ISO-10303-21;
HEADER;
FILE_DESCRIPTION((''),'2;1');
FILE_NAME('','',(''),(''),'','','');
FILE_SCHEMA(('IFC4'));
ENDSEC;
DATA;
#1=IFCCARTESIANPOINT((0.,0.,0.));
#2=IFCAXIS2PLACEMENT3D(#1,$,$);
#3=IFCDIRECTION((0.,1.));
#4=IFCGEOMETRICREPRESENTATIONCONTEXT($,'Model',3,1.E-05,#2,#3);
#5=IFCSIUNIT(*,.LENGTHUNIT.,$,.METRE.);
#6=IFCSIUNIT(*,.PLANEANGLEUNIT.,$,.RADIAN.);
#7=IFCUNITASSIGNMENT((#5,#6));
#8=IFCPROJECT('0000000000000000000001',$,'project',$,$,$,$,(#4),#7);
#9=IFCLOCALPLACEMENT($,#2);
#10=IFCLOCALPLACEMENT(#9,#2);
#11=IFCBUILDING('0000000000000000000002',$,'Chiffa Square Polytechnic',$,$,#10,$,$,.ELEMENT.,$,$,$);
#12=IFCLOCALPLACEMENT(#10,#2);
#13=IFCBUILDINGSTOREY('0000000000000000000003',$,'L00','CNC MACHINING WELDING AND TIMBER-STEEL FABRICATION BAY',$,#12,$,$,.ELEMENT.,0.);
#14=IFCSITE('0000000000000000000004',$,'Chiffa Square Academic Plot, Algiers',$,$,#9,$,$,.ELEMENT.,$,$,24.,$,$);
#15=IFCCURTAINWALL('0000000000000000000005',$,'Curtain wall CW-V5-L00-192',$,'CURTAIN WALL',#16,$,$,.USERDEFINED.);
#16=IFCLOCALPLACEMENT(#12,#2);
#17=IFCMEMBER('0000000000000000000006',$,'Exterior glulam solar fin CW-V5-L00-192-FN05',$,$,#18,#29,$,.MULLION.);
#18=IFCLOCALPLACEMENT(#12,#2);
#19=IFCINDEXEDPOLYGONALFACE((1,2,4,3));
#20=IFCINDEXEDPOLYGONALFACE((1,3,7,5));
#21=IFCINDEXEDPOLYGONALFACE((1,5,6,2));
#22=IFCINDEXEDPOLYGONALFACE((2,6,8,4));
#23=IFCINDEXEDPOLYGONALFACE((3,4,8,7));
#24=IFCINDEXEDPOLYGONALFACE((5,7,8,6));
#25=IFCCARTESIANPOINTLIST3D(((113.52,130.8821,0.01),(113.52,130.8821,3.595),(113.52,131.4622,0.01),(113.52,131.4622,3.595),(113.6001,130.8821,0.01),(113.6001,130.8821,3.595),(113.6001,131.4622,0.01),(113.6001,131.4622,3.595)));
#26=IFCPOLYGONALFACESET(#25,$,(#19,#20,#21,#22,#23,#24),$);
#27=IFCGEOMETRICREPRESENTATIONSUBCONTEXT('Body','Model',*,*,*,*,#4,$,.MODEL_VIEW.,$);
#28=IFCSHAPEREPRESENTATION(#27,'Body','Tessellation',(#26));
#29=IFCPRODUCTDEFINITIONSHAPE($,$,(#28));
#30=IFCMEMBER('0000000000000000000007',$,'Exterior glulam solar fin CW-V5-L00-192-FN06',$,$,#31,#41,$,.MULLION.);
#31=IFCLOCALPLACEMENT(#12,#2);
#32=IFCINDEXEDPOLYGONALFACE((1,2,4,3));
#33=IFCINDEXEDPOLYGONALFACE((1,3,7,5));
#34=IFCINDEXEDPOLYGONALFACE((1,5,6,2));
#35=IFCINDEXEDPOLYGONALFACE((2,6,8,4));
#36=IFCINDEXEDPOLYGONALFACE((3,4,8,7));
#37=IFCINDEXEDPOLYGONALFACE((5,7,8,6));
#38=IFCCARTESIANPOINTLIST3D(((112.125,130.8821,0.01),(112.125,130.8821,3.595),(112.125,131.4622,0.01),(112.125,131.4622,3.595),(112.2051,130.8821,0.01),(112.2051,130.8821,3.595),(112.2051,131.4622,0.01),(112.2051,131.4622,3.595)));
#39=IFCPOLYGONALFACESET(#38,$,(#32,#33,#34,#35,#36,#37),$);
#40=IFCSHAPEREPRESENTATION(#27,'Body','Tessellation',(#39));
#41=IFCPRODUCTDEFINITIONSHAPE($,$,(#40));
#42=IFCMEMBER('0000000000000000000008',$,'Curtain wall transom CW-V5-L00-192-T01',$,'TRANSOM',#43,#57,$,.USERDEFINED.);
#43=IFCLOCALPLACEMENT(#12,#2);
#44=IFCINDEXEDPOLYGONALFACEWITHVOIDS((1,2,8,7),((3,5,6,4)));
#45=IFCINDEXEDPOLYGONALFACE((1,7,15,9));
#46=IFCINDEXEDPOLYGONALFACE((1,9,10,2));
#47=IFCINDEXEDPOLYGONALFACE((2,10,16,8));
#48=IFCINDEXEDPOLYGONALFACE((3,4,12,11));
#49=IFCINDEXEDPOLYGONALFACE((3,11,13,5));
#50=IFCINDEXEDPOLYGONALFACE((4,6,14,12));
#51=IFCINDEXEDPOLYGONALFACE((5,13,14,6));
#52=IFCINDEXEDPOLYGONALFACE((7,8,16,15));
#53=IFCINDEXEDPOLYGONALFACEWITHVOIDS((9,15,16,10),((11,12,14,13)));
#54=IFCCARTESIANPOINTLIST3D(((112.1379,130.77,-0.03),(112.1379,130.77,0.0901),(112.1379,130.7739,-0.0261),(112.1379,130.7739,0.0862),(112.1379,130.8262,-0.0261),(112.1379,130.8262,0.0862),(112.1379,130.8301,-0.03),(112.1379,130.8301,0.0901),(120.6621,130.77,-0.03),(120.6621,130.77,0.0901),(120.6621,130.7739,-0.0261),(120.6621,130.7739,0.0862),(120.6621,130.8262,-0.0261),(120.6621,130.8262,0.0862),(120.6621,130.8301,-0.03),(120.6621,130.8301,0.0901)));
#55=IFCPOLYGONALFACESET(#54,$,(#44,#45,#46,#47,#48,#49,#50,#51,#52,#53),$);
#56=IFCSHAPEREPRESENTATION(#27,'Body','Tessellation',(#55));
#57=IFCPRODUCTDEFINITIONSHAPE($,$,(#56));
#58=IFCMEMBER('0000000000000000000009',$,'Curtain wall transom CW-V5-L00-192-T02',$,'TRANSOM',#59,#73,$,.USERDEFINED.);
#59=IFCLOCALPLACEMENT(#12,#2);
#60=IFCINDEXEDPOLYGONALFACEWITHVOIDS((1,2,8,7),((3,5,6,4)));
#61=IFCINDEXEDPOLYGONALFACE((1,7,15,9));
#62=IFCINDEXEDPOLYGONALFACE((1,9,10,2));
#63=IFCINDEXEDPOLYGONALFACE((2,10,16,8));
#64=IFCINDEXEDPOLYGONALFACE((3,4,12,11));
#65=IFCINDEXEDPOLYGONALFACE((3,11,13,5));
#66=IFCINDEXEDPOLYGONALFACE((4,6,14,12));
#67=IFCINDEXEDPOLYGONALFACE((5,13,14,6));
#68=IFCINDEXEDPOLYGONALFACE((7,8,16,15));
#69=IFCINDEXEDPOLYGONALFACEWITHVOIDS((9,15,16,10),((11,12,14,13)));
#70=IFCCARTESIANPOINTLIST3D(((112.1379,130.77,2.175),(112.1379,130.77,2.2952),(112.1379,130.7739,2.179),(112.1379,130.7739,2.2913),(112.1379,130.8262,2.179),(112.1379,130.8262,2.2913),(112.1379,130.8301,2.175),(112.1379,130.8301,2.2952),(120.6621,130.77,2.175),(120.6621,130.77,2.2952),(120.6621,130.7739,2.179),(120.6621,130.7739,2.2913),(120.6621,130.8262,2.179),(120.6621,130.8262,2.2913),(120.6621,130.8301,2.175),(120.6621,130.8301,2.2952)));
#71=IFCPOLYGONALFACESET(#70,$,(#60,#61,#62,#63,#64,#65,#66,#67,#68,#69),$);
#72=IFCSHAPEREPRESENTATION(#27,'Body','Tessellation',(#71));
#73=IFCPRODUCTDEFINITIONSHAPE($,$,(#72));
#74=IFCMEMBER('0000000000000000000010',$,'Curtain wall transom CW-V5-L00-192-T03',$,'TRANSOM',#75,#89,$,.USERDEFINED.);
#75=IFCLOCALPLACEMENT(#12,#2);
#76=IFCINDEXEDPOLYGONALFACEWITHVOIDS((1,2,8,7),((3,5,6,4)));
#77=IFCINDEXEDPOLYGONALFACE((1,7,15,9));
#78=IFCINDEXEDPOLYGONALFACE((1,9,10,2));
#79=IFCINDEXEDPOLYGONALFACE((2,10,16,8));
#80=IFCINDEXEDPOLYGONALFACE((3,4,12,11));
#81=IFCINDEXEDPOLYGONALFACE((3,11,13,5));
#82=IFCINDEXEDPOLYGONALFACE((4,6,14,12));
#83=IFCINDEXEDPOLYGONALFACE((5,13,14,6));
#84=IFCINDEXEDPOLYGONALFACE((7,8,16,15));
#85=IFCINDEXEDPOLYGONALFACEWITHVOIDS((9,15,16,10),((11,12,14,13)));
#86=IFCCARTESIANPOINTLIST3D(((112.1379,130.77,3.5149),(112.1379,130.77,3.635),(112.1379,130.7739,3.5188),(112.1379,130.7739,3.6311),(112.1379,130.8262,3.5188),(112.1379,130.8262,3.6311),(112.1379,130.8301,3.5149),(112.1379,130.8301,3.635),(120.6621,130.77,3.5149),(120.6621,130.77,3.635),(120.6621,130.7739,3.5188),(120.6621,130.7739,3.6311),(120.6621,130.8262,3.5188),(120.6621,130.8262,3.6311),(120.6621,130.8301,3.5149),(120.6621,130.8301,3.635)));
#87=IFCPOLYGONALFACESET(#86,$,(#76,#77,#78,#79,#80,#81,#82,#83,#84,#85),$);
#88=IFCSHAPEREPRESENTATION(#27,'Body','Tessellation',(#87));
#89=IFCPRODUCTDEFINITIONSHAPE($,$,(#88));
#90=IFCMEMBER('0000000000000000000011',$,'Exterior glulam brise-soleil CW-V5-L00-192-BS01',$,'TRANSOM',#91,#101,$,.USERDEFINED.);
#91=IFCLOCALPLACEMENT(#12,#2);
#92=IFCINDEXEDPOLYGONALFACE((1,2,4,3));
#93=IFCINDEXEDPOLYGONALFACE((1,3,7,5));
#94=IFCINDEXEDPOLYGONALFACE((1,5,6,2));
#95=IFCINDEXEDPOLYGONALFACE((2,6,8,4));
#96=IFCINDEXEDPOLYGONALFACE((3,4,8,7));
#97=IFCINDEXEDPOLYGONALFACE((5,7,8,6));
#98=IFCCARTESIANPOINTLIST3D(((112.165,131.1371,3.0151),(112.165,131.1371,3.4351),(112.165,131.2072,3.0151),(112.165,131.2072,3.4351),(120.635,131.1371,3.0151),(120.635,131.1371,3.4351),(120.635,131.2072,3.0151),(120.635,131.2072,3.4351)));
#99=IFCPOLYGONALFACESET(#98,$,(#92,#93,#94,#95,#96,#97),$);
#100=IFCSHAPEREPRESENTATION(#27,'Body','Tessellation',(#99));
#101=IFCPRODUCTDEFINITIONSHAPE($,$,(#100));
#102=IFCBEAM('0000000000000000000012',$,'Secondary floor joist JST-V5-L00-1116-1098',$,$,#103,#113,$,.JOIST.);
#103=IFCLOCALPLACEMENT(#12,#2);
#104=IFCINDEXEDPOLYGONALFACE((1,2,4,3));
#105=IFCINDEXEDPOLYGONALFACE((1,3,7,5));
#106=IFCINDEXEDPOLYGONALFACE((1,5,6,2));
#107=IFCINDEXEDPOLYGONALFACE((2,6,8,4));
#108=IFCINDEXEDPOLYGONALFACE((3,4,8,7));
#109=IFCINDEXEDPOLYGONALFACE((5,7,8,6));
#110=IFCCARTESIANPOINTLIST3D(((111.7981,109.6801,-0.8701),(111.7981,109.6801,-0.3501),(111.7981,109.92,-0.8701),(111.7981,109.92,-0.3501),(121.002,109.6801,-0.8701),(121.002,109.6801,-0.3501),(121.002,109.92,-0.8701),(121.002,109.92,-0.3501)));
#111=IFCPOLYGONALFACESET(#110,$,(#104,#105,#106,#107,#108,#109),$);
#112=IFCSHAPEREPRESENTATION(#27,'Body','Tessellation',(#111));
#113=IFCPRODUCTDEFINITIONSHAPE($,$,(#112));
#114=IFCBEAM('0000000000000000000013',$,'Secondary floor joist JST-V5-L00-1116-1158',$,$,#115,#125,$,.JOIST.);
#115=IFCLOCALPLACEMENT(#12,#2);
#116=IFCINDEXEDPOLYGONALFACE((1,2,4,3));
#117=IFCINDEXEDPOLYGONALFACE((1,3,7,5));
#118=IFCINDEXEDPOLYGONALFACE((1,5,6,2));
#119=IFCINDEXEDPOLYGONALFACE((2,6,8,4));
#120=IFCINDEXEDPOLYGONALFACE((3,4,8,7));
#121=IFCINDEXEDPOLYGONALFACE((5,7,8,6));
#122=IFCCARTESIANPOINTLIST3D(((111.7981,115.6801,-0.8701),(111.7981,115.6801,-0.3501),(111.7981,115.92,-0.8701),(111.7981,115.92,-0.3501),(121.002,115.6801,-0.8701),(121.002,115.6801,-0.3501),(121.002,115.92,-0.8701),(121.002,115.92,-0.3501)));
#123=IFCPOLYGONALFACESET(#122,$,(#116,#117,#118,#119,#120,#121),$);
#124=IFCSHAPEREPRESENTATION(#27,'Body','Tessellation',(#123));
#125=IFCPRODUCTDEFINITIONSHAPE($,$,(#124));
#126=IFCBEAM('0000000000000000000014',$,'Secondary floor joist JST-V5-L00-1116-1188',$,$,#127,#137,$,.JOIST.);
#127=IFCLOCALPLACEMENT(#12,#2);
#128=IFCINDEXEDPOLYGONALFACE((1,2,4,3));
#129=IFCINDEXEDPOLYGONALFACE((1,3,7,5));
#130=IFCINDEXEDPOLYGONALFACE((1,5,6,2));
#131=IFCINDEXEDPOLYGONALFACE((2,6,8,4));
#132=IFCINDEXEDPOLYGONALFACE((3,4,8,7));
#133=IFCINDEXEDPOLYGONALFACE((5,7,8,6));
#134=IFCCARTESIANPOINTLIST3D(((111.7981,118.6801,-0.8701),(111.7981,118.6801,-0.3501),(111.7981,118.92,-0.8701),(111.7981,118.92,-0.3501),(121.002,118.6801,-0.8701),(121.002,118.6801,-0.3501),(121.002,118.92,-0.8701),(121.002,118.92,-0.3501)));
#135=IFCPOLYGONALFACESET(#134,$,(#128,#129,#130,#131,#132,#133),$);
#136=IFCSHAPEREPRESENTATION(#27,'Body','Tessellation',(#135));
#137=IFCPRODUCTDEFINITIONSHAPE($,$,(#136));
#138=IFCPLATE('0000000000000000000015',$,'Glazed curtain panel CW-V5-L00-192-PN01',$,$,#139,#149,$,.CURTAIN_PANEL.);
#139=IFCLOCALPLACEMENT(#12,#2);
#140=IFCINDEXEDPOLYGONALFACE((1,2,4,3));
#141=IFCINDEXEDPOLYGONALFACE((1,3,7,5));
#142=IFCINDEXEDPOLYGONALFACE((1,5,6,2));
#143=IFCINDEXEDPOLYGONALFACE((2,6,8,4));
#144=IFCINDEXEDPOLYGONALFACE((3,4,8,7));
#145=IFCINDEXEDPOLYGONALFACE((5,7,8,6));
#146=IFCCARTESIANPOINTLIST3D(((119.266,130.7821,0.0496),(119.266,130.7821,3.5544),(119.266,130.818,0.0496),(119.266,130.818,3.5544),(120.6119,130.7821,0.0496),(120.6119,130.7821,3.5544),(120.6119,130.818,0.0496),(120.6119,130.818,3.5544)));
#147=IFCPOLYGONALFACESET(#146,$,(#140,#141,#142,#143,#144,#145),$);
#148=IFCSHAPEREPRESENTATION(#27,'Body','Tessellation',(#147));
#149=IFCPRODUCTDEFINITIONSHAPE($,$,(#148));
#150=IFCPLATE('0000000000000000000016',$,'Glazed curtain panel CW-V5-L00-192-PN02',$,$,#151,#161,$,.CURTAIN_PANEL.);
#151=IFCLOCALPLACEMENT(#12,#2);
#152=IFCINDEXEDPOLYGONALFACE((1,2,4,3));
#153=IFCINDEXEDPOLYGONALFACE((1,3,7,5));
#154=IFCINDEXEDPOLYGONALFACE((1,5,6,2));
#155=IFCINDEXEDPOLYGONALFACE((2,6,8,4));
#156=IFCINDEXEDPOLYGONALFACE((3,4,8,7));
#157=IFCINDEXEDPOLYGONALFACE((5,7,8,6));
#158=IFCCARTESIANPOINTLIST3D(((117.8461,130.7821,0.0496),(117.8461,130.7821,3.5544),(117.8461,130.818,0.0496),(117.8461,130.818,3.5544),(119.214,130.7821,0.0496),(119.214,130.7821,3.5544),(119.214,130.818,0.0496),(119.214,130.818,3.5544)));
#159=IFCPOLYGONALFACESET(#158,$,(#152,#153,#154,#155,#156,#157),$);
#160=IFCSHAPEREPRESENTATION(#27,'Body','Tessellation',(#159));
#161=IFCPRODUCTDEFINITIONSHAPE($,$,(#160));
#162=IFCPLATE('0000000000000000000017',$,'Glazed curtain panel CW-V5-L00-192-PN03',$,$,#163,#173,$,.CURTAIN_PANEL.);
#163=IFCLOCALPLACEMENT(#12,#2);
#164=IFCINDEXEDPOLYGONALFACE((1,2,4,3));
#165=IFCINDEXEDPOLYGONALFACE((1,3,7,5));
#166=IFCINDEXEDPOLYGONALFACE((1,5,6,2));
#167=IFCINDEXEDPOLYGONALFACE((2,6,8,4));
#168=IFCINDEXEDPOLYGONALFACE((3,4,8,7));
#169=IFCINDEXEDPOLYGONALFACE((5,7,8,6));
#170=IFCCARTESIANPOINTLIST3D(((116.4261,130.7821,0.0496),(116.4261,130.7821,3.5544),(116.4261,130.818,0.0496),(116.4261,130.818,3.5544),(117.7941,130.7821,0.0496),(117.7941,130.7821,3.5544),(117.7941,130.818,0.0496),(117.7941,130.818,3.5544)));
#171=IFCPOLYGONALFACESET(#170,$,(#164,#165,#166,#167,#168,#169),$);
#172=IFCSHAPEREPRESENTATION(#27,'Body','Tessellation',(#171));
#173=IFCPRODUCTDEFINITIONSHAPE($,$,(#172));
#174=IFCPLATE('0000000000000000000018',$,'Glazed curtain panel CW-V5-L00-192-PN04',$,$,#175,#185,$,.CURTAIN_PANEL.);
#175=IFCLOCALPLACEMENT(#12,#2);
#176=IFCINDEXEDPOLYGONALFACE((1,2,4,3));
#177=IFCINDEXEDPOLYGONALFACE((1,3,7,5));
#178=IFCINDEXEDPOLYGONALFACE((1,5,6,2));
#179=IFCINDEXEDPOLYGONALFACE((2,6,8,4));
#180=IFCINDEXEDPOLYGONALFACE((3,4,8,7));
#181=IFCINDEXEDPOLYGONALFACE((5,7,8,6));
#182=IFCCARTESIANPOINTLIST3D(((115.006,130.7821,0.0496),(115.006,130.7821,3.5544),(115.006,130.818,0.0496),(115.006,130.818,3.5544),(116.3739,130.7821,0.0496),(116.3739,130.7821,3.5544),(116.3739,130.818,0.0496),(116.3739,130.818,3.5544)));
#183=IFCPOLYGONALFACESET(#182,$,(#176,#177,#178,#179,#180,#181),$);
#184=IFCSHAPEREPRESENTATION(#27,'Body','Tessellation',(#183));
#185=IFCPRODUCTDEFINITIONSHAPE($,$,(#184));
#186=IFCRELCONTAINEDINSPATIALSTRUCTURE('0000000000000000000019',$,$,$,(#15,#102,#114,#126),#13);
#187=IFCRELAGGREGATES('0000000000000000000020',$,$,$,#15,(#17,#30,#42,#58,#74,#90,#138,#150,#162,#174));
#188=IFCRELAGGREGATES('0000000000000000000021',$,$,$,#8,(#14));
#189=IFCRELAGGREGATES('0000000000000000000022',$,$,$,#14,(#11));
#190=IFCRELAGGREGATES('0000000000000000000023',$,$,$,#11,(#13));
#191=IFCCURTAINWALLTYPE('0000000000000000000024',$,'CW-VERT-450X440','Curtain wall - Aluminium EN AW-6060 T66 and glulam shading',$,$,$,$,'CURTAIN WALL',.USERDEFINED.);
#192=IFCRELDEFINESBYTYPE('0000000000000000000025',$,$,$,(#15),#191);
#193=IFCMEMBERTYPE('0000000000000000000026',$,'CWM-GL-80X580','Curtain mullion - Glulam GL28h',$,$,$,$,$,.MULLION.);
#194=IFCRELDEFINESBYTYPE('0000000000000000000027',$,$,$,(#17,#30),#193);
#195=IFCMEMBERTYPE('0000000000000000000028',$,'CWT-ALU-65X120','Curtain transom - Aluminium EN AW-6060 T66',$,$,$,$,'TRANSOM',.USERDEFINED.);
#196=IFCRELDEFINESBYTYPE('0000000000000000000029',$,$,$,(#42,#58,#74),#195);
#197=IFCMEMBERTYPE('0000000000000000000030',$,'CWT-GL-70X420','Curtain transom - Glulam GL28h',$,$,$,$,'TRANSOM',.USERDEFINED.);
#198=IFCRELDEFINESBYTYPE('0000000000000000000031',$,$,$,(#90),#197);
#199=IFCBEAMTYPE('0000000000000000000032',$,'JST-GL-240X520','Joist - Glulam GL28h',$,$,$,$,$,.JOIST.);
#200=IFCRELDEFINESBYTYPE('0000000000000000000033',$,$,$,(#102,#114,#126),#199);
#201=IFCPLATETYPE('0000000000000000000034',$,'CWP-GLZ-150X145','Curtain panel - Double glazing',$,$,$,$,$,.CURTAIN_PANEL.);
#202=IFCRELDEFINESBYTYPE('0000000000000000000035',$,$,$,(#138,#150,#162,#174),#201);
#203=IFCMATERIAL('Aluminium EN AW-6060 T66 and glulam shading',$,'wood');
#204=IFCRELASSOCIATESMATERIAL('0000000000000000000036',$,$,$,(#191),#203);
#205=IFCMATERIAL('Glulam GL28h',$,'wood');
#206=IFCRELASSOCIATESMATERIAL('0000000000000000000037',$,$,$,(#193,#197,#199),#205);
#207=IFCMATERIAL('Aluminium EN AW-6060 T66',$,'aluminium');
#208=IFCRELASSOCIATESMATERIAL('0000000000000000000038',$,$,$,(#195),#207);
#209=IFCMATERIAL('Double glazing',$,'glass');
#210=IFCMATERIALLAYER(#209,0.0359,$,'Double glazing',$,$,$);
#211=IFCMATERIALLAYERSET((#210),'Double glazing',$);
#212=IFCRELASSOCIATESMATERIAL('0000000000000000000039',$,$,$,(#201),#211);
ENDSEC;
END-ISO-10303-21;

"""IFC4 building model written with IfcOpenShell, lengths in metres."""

from ifc_helpers import new_model, si_unit, direction, frame, origin, origin_2d, place, context, subcontext, project, spatial, rectangle, hollow_rectangle, extrude, material, layer, layer_set, material_profile, profile_set, type_object, element, aggregate, save


model = new_model("IFC4")

# Units and contexts
model_context = context("Model", 3, precision=1e-05, world=origin(), true_north=direction((0.0, 1.0)))
body_context = subcontext(model_context, "Body", "Model", "MODEL_VIEW")
ifc_project = project(units=[si_unit("LENGTHUNIT", "METRE"), si_unit("PLANEANGLEUNIT", "RADIAN")], contexts=[model_context])

# Site, building, storey
site_placement = place(None, origin())
site = spatial("IfcSite", under=ifc_project, at=site_placement, Name="Chiffa Square Academic Plot, Algiers", CompositionType="ELEMENT", RefElevation=24.0)
building_placement = place(site_placement, origin())
building = spatial("IfcBuilding", under=site, at=building_placement, Name="Chiffa Square Polytechnic", CompositionType="ELEMENT")
storey_placement = place(building_placement, origin())
storey = spatial("IfcBuildingStorey", under=building, at=storey_placement, Name="L00", Description="CNC MACHINING WELDING AND TIMBER-STEEL FABRICATION BAY", CompositionType="ELEMENT", Elevation=0.0)

# Curtain wall, members
ifc_material_1 = material(Name="Aluminium EN AW-6060 T66 and glulam shading", Category="wood")
curtain_wall_type = type_object("IfcCurtainWallType", Name="CW-VERT-450X440", Description="Curtain wall - Aluminium EN AW-6060 T66 and glulam shading", ElementType="CURTAIN WALL", PredefinedType="USERDEFINED", material=ifc_material_1)
curtain_wall_placement = place(storey_placement, origin())
curtain_wall = element("IfcCurtainWall", 1, at=curtain_wall_placement, inside=storey, type_object=curtain_wall_type, Name="Curtain wall CW-V5-L00-192", ObjectType="CURTAIN WALL", PredefinedType="USERDEFINED")
ifc_material_2 = material(Name="Aluminium EN AW-6060 T66", Category="aluminium")
ifc_material_3 = material(Name="Glulam GL28h", Category="wood")
ifc_material_profile_1 = material_profile(ifc_material_3, rectangle(XDim=0.0801, YDim=0.5801, at=origin_2d()), Name="GL28h 80x580")
ifc_profile_set_1 = profile_set([ifc_material_profile_1], Name="Glulam GL28h")
member_type_1 = type_object("IfcMemberType", Name="CWM-GL-80X580", Description="Curtain mullion - Glulam GL28h", PredefinedType="MULLION", material=ifc_profile_set_1)
member_1_placement = place(storey_placement, frame((113.5601, 131.1721, 0.01), z_axis=(0.0, 0.0, 1.0), x_axis=(-1.0, 0.0, 0.0)))
member_1 = element("IfcMember", 2, at=member_1_placement, type_object=member_type_1, Name="Exterior glulam solar fin CW-V5-L00-192-FN05", PredefinedType="MULLION", context=body_context, shape_type="SweptSolid", body=[
    extrude(rectangle(XDim=0.0801, YDim=0.5801, at=origin_2d()), origin(), (0.0, 0.0, 1.0), 3.585),
])
member_2_placement = place(storey_placement, frame((112.165, 131.1721, 0.01), z_axis=(0.0, 0.0, 1.0), x_axis=(-1.0, 0.0, 0.0)))
member_2 = element("IfcMember", 3, at=member_2_placement, type_object=member_type_1, Name="Exterior glulam solar fin CW-V5-L00-192-FN06", PredefinedType="MULLION", context=body_context, shape_type="SweptSolid", body=[
    extrude(rectangle(XDim=0.0801, YDim=0.5801, at=origin_2d()), origin(), (0.0, 0.0, 1.0), 3.585),
])
ifc_material_profile_2 = material_profile(ifc_material_2, hollow_rectangle(XDim=0.0601, YDim=0.1201, WallThickness=0.0039, at=origin_2d()), Name="ALU 60x120x4")
ifc_profile_set_2 = profile_set([ifc_material_profile_2], Name="Aluminium EN AW-6060 T66")
member_type_2 = type_object("IfcMemberType", Name="CWT-ALU-65X120", Description="Curtain transom - Aluminium EN AW-6060 T66", ElementType="TRANSOM", PredefinedType="USERDEFINED", material=ifc_profile_set_2)
member_3_placement = place(storey_placement, frame((120.6621, 130.8, 0.03), z_axis=(-1.0, 0.0, 0.0), x_axis=(0.0, -1.0, 0.0)))
member_3 = element("IfcMember", 4, at=member_3_placement, type_object=member_type_2, Name="Curtain wall transom CW-V5-L00-192-T01", ObjectType="TRANSOM", PredefinedType="USERDEFINED", context=body_context, shape_type="SweptSolid", body=[
    extrude(hollow_rectangle(XDim=0.0601, YDim=0.1201, WallThickness=0.0039, at=origin_2d()), origin(), (0.0, 0.0, 1.0), 8.5242),
])
member_4_placement = place(storey_placement, frame((120.6621, 130.8, 2.2351), z_axis=(-1.0, 0.0, 0.0), x_axis=(0.0, -1.0, 0.0)))
member_4 = element("IfcMember", 5, at=member_4_placement, type_object=member_type_2, Name="Curtain wall transom CW-V5-L00-192-T02", ObjectType="TRANSOM", PredefinedType="USERDEFINED", context=body_context, shape_type="SweptSolid", body=[
    extrude(hollow_rectangle(XDim=0.0601, YDim=0.1201, WallThickness=0.0039, at=origin_2d()), origin(), (0.0, 0.0, 1.0), 8.5242),
])
member_5_placement = place(storey_placement, frame((120.6621, 130.8, 3.575), z_axis=(-1.0, 0.0, 0.0), x_axis=(0.0, -1.0, 0.0)))
member_5 = element("IfcMember", 6, at=member_5_placement, type_object=member_type_2, Name="Curtain wall transom CW-V5-L00-192-T03", ObjectType="TRANSOM", PredefinedType="USERDEFINED", context=body_context, shape_type="SweptSolid", body=[
    extrude(hollow_rectangle(XDim=0.0601, YDim=0.1201, WallThickness=0.0039, at=origin_2d()), origin(), (0.0, 0.0, 1.0), 8.5242),
])
ifc_material_profile_3 = material_profile(ifc_material_3, rectangle(XDim=0.0701, YDim=0.4199, at=origin_2d()), Name="GL28h 70x420")
ifc_profile_set_3 = profile_set([ifc_material_profile_3], Name="Glulam GL28h")
member_type_3 = type_object("IfcMemberType", Name="CWT-GL-70X420", Description="Curtain transom - Glulam GL28h", ElementType="TRANSOM", PredefinedType="USERDEFINED", material=ifc_profile_set_3)
member_6_placement = place(storey_placement, frame((120.635, 131.1721, 3.2251), z_axis=(-1.0, 0.0, 0.0), x_axis=(0.0, -1.0, 0.0)))
member_6 = element("IfcMember", 7, at=member_6_placement, type_object=member_type_3, Name="Exterior glulam brise-soleil CW-V5-L00-192-BS01", ObjectType="TRANSOM", PredefinedType="USERDEFINED", context=body_context, shape_type="SweptSolid", body=[
    extrude(rectangle(XDim=0.0701, YDim=0.4199, at=origin_2d()), origin(), (0.0, 0.0, 1.0), 8.47),
])

# Beams
ifc_material_profile_4 = material_profile(ifc_material_3, rectangle(XDim=0.24, YDim=0.52, at=origin_2d()), Name="GL28h 240x520")
ifc_profile_set_4 = profile_set([ifc_material_profile_4], Name="Glulam GL28h")
beam_type = type_object("IfcBeamType", Name="JST-GL-240X520", Description="Joist - Glulam GL28h", PredefinedType="JOIST", material=ifc_profile_set_4)
for number, where, z_axis, x_axis, name in (
    (8, (111.7981, 109.8, -0.6101), (1.0, 0.0, 0.0), (0.0, 1.0, 0.0), "Secondary floor joist JST-V5-L00-1116-1098"),
    (9, (111.7981, 115.8, -0.6101), (1.0, 0.0, 0.0), (0.0, 1.0, 0.0), "Secondary floor joist JST-V5-L00-1116-1158"),
    (10, (111.7981, 118.8, -0.6101), (1.0, 0.0, 0.0), (0.0, 1.0, 0.0), "Secondary floor joist JST-V5-L00-1116-1188"),
):
    element("IfcBeam", number, at=place(storey_placement, frame(where, z_axis=z_axis, x_axis=x_axis)), inside=storey, type_object=beam_type, Name=name, PredefinedType="JOIST", context=body_context, shape_type="SweptSolid", body=[
        extrude(rectangle(XDim=0.24, YDim=0.52, at=origin_2d()), origin(), (0.0, 0.0, 1.0), 9.2039),
    ])

# Plates
ifc_material_4 = material(Name="Double glazing", Category="glass")
ifc_layer_1 = layer(ifc_material_4, 0.0359, Name="Double glazing")
ifc_layer_set_1 = layer_set([ifc_layer_1], Name="Double glazing")
plate_type = type_object("IfcPlateType", Name="CWP-GLZ-150X145", Description="Curtain panel - Double glazing", PredefinedType="CURTAIN_PANEL", material=ifc_layer_set_1)
plate_1_placement = place(storey_placement, frame((119.939, 130.8, 0.0496), z_axis=(0.0, 0.0, 1.0), x_axis=(-1.0, 0.0, 0.0)))
plate_1 = element("IfcPlate", 11, at=plate_1_placement, type_object=plate_type, Name="Glazed curtain panel CW-V5-L00-192-PN01", PredefinedType="CURTAIN_PANEL", context=body_context, shape_type="SweptSolid", body=[
    extrude(rectangle(XDim=1.3459, YDim=0.0359, at=origin_2d()), origin(), (0.0, 0.0, 1.0), 3.5049),
])
plate_2_placement = place(storey_placement, frame((118.53, 130.8, 0.0496), z_axis=(0.0, 0.0, 1.0), x_axis=(-1.0, 0.0, 0.0)))
plate_2 = element("IfcPlate", 12, at=plate_2_placement, type_object=plate_type, Name="Glazed curtain panel CW-V5-L00-192-PN02", PredefinedType="CURTAIN_PANEL", context=body_context, shape_type="SweptSolid", body=[
    extrude(rectangle(XDim=1.3679, YDim=0.0359, at=origin_2d()), origin(), (0.0, 0.0, 1.0), 3.5049),
])
plate_3_placement = place(storey_placement, frame((117.1101, 130.8, 0.0496), z_axis=(0.0, 0.0, 1.0), x_axis=(-1.0, 0.0, 0.0)))
plate_3 = element("IfcPlate", 13, at=plate_3_placement, type_object=plate_type, Name="Glazed curtain panel CW-V5-L00-192-PN03", PredefinedType="CURTAIN_PANEL", context=body_context, shape_type="SweptSolid", body=[
    extrude(rectangle(XDim=1.3679, YDim=0.0359, at=origin_2d()), origin(), (0.0, 0.0, 1.0), 3.5049),
])
plate_4_placement = place(storey_placement, frame((115.6899, 130.8, 0.0496), z_axis=(0.0, 0.0, 1.0), x_axis=(-1.0, 0.0, 0.0)))
plate_4 = element("IfcPlate", 14, at=plate_4_placement, type_object=plate_type, Name="Glazed curtain panel CW-V5-L00-192-PN04", PredefinedType="CURTAIN_PANEL", context=body_context, shape_type="SweptSolid", body=[
    extrude(rectangle(XDim=1.3679, YDim=0.0359, at=origin_2d()), origin(), (0.0, 0.0, 1.0), 3.5049),
])
aggregate(curtain_wall, [member_1, member_2, member_3, member_4, member_5, member_6, plate_1, plate_2, plate_3, plate_4])

save(model, "model.ifc")
